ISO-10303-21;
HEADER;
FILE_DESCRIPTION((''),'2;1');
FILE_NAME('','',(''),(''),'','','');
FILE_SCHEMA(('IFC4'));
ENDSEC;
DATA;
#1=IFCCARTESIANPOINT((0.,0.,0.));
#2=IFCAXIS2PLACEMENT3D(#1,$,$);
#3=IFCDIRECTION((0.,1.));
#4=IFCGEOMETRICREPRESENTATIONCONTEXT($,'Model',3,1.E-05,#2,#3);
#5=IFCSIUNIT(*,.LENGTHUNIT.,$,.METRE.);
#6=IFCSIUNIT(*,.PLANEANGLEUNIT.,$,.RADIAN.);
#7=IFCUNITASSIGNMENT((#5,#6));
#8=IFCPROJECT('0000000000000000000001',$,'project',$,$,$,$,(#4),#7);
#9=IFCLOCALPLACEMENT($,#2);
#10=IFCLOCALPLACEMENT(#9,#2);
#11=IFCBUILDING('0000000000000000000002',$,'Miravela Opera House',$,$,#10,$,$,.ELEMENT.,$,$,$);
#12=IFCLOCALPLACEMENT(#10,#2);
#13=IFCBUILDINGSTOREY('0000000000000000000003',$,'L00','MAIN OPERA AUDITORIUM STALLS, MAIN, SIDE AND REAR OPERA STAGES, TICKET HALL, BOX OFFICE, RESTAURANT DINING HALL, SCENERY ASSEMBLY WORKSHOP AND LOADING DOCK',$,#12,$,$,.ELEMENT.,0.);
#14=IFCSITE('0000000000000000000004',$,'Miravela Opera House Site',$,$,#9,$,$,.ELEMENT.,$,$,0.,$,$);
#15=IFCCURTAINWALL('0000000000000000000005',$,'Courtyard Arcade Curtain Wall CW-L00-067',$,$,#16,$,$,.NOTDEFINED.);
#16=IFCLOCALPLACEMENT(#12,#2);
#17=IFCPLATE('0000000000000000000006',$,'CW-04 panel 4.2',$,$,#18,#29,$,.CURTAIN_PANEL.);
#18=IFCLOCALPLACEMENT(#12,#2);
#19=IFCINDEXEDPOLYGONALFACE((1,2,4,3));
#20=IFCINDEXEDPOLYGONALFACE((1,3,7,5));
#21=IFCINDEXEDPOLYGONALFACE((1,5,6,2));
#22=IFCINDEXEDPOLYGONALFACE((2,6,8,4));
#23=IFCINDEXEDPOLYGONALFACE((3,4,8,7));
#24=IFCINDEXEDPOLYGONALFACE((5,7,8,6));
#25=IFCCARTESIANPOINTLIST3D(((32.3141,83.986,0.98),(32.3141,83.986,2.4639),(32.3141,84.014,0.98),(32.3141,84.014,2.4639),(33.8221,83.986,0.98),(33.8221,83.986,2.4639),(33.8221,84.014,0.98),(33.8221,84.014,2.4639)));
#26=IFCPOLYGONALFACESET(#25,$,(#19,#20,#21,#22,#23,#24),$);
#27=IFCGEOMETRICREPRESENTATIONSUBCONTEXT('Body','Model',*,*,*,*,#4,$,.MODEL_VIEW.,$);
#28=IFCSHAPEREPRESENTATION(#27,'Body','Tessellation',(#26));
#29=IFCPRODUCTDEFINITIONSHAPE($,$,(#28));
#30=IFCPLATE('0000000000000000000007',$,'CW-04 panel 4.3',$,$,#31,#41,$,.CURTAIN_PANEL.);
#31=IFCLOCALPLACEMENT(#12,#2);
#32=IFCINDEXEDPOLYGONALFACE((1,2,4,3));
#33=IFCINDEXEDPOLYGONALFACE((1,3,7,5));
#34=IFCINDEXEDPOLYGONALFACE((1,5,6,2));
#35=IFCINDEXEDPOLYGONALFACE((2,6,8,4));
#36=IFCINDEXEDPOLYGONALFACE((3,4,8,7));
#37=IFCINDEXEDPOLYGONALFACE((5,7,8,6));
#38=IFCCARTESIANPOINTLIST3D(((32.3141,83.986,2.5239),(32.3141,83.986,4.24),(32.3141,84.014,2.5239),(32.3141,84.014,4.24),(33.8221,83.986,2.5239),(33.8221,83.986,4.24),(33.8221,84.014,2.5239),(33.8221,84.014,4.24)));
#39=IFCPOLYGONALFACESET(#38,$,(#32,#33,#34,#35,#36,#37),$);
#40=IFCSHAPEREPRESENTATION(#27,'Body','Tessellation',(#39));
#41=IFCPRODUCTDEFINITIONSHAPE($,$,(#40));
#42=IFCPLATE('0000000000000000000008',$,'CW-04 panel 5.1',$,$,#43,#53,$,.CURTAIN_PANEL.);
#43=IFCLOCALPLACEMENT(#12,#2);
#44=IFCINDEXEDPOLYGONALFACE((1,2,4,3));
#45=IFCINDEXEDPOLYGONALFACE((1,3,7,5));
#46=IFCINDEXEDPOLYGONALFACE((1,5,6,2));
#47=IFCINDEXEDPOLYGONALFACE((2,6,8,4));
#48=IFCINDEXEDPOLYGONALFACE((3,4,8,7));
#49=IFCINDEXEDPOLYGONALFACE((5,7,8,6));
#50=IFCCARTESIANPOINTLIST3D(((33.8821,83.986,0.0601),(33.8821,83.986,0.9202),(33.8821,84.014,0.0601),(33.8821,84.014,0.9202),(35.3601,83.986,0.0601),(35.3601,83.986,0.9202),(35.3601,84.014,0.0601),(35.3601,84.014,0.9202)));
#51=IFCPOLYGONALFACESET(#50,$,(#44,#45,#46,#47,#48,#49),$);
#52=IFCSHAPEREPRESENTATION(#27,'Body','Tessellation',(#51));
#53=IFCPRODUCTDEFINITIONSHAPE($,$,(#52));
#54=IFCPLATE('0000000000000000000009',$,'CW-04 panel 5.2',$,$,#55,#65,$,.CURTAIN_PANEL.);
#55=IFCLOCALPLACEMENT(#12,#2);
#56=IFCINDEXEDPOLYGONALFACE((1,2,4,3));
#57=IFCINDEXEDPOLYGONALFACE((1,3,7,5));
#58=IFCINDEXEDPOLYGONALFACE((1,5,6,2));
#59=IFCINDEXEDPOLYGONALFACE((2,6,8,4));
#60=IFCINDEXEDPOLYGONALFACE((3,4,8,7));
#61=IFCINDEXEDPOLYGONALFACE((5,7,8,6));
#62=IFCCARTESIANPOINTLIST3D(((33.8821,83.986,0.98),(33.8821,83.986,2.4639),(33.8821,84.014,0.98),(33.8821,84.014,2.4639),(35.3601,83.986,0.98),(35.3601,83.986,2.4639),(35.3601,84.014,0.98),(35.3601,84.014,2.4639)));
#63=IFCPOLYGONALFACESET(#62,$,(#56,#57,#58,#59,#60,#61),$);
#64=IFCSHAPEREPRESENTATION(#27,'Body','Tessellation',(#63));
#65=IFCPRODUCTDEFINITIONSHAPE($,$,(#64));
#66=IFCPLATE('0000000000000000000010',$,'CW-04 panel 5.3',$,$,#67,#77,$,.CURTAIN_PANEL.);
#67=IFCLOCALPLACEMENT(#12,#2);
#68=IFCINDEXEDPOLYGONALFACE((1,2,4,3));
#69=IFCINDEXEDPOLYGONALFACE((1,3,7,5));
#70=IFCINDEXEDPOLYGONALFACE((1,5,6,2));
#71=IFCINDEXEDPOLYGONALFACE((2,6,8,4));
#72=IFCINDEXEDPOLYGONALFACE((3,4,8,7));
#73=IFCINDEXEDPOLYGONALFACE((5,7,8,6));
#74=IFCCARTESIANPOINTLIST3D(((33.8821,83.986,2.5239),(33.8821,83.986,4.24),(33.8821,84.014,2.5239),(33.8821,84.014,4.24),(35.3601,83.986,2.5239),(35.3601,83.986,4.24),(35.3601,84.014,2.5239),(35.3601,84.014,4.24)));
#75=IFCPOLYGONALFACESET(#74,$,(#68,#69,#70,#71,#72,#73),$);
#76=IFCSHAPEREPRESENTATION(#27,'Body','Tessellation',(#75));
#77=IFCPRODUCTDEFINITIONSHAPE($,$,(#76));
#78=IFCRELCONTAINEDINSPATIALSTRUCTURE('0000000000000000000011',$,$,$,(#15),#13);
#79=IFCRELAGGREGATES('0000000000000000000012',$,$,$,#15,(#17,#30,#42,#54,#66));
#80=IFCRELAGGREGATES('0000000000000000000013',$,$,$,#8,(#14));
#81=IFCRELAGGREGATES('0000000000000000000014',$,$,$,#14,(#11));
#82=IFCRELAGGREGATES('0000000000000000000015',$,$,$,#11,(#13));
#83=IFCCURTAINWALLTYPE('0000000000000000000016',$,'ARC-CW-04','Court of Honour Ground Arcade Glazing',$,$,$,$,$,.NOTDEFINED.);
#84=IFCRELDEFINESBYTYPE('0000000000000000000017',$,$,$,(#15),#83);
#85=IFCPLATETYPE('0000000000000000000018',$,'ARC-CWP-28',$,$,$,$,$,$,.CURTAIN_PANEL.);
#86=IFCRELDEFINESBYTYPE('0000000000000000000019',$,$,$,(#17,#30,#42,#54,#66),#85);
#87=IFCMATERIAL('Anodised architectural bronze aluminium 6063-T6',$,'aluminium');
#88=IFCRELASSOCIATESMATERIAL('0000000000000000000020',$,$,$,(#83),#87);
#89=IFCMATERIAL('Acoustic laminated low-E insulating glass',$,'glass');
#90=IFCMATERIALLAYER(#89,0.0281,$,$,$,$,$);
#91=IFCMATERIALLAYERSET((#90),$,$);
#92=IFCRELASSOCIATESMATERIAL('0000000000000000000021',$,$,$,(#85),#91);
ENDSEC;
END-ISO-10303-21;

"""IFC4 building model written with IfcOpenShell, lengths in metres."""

from ifc_helpers import new_model, si_unit, direction, frame, origin, origin_2d, place, context, subcontext, project, spatial, rectangle, extrude, material, layer, layer_set, type_object, element, aggregate, save


model = new_model("IFC4")

# Units and contexts
model_context = context("Model", 3, precision=1e-05, world=origin(), true_north=direction((0.0, 1.0)))
body_context = subcontext(model_context, "Body", "Model", "MODEL_VIEW")
ifc_project = project(units=[si_unit("LENGTHUNIT", "METRE"), si_unit("PLANEANGLEUNIT", "RADIAN")], contexts=[model_context])

# Site, building, storey
site_placement = place(None, origin())
site = spatial("IfcSite", under=ifc_project, at=site_placement, Name="Miravela Opera House Site", CompositionType="ELEMENT", RefElevation=0.0)
building_placement = place(site_placement, origin())
building = spatial("IfcBuilding", under=site, at=building_placement, Name="Miravela Opera House", CompositionType="ELEMENT")
storey_placement = place(building_placement, origin())
storey = spatial("IfcBuildingStorey", under=building, at=storey_placement, Name="L00", Description="MAIN OPERA AUDITORIUM STALLS, MAIN, SIDE AND REAR OPERA STAGES, TICKET HALL, BOX OFFICE, RESTAURANT DINING HALL, SCENERY ASSEMBLY WORKSHOP AND LOADING DOCK", CompositionType="ELEMENT", Elevation=0.0)

# Curtain wall, plates
ifc_material_1 = material(Name="Anodised architectural bronze aluminium 6063-T6", Category="aluminium")
curtain_wall_type = type_object("IfcCurtainWallType", Name="ARC-CW-04", Description="Court of Honour Ground Arcade Glazing", PredefinedType="NOTDEFINED", material=ifc_material_1)
curtain_wall_placement = place(storey_placement, origin())
curtain_wall = element("IfcCurtainWall", 1, at=curtain_wall_placement, inside=storey, type_object=curtain_wall_type, Name="Courtyard Arcade Curtain Wall CW-L00-067", PredefinedType="NOTDEFINED")
ifc_material_2 = material(Name="Acoustic laminated low-E insulating glass", Category="glass")
ifc_layer = layer(ifc_material_2, 0.0281)
ifc_layer_set = layer_set([ifc_layer])
plate_type = type_object("IfcPlateType", Name="ARC-CWP-28", PredefinedType="CURTAIN_PANEL", material=ifc_layer_set)
plate_1_placement = place(storey_placement, frame((33.0681, 84.0, 0.98), z_axis=(0.0, 0.0, 1.0), x_axis=(1.0, 0.0, 0.0)))
plate_1 = element("IfcPlate", 2, at=plate_1_placement, type_object=plate_type, Name="CW-04 panel 4.2", PredefinedType="CURTAIN_PANEL", context=body_context, shape_type="SweptSolid", body=[
    extrude(rectangle(XDim=1.5081, YDim=0.0281, at=origin_2d()), origin(), (0.0, 0.0, 1.0), 1.4839),
])
plate_2_placement = place(storey_placement, frame((33.0681, 84.0, 2.5239), z_axis=(0.0, 0.0, 1.0), x_axis=(1.0, 0.0, 0.0)))
plate_2 = element("IfcPlate", 3, at=plate_2_placement, type_object=plate_type, Name="CW-04 panel 4.3", PredefinedType="CURTAIN_PANEL", context=body_context, shape_type="SweptSolid", body=[
    extrude(rectangle(XDim=1.5081, YDim=0.0281, at=origin_2d()), origin(), (0.0, 0.0, 1.0), 1.7161),
])
plate_3_placement = place(storey_placement, frame((34.6211, 84.0, 0.0601), z_axis=(0.0, 0.0, 1.0), x_axis=(1.0, 0.0, 0.0)))
plate_3 = element("IfcPlate", 4, at=plate_3_placement, type_object=plate_type, Name="CW-04 panel 5.1", PredefinedType="CURTAIN_PANEL", context=body_context, shape_type="SweptSolid", body=[
    extrude(rectangle(XDim=1.478, YDim=0.0281, at=origin_2d()), origin(), (0.0, 0.0, 1.0), 0.8601),
])
plate_4_placement = place(storey_placement, frame((34.6211, 84.0, 0.98), z_axis=(0.0, 0.0, 1.0), x_axis=(1.0, 0.0, 0.0)))
plate_4 = element("IfcPlate", 5, at=plate_4_placement, type_object=plate_type, Name="CW-04 panel 5.2", PredefinedType="CURTAIN_PANEL", context=body_context, shape_type="SweptSolid", body=[
    extrude(rectangle(XDim=1.478, YDim=0.0281, at=origin_2d()), origin(), (0.0, 0.0, 1.0), 1.4839),
])
plate_5_placement = place(storey_placement, frame((34.6211, 84.0, 2.5239), z_axis=(0.0, 0.0, 1.0), x_axis=(1.0, 0.0, 0.0)))
plate_5 = element("IfcPlate", 6, at=plate_5_placement, type_object=plate_type, Name="CW-04 panel 5.3", PredefinedType="CURTAIN_PANEL", context=body_context, shape_type="SweptSolid", body=[
    extrude(rectangle(XDim=1.478, YDim=0.0281, at=origin_2d()), origin(), (0.0, 0.0, 1.0), 1.7161),
])
aggregate(curtain_wall, [plate_1, plate_2, plate_3, plate_4, plate_5])

save(model, "model.ifc")
